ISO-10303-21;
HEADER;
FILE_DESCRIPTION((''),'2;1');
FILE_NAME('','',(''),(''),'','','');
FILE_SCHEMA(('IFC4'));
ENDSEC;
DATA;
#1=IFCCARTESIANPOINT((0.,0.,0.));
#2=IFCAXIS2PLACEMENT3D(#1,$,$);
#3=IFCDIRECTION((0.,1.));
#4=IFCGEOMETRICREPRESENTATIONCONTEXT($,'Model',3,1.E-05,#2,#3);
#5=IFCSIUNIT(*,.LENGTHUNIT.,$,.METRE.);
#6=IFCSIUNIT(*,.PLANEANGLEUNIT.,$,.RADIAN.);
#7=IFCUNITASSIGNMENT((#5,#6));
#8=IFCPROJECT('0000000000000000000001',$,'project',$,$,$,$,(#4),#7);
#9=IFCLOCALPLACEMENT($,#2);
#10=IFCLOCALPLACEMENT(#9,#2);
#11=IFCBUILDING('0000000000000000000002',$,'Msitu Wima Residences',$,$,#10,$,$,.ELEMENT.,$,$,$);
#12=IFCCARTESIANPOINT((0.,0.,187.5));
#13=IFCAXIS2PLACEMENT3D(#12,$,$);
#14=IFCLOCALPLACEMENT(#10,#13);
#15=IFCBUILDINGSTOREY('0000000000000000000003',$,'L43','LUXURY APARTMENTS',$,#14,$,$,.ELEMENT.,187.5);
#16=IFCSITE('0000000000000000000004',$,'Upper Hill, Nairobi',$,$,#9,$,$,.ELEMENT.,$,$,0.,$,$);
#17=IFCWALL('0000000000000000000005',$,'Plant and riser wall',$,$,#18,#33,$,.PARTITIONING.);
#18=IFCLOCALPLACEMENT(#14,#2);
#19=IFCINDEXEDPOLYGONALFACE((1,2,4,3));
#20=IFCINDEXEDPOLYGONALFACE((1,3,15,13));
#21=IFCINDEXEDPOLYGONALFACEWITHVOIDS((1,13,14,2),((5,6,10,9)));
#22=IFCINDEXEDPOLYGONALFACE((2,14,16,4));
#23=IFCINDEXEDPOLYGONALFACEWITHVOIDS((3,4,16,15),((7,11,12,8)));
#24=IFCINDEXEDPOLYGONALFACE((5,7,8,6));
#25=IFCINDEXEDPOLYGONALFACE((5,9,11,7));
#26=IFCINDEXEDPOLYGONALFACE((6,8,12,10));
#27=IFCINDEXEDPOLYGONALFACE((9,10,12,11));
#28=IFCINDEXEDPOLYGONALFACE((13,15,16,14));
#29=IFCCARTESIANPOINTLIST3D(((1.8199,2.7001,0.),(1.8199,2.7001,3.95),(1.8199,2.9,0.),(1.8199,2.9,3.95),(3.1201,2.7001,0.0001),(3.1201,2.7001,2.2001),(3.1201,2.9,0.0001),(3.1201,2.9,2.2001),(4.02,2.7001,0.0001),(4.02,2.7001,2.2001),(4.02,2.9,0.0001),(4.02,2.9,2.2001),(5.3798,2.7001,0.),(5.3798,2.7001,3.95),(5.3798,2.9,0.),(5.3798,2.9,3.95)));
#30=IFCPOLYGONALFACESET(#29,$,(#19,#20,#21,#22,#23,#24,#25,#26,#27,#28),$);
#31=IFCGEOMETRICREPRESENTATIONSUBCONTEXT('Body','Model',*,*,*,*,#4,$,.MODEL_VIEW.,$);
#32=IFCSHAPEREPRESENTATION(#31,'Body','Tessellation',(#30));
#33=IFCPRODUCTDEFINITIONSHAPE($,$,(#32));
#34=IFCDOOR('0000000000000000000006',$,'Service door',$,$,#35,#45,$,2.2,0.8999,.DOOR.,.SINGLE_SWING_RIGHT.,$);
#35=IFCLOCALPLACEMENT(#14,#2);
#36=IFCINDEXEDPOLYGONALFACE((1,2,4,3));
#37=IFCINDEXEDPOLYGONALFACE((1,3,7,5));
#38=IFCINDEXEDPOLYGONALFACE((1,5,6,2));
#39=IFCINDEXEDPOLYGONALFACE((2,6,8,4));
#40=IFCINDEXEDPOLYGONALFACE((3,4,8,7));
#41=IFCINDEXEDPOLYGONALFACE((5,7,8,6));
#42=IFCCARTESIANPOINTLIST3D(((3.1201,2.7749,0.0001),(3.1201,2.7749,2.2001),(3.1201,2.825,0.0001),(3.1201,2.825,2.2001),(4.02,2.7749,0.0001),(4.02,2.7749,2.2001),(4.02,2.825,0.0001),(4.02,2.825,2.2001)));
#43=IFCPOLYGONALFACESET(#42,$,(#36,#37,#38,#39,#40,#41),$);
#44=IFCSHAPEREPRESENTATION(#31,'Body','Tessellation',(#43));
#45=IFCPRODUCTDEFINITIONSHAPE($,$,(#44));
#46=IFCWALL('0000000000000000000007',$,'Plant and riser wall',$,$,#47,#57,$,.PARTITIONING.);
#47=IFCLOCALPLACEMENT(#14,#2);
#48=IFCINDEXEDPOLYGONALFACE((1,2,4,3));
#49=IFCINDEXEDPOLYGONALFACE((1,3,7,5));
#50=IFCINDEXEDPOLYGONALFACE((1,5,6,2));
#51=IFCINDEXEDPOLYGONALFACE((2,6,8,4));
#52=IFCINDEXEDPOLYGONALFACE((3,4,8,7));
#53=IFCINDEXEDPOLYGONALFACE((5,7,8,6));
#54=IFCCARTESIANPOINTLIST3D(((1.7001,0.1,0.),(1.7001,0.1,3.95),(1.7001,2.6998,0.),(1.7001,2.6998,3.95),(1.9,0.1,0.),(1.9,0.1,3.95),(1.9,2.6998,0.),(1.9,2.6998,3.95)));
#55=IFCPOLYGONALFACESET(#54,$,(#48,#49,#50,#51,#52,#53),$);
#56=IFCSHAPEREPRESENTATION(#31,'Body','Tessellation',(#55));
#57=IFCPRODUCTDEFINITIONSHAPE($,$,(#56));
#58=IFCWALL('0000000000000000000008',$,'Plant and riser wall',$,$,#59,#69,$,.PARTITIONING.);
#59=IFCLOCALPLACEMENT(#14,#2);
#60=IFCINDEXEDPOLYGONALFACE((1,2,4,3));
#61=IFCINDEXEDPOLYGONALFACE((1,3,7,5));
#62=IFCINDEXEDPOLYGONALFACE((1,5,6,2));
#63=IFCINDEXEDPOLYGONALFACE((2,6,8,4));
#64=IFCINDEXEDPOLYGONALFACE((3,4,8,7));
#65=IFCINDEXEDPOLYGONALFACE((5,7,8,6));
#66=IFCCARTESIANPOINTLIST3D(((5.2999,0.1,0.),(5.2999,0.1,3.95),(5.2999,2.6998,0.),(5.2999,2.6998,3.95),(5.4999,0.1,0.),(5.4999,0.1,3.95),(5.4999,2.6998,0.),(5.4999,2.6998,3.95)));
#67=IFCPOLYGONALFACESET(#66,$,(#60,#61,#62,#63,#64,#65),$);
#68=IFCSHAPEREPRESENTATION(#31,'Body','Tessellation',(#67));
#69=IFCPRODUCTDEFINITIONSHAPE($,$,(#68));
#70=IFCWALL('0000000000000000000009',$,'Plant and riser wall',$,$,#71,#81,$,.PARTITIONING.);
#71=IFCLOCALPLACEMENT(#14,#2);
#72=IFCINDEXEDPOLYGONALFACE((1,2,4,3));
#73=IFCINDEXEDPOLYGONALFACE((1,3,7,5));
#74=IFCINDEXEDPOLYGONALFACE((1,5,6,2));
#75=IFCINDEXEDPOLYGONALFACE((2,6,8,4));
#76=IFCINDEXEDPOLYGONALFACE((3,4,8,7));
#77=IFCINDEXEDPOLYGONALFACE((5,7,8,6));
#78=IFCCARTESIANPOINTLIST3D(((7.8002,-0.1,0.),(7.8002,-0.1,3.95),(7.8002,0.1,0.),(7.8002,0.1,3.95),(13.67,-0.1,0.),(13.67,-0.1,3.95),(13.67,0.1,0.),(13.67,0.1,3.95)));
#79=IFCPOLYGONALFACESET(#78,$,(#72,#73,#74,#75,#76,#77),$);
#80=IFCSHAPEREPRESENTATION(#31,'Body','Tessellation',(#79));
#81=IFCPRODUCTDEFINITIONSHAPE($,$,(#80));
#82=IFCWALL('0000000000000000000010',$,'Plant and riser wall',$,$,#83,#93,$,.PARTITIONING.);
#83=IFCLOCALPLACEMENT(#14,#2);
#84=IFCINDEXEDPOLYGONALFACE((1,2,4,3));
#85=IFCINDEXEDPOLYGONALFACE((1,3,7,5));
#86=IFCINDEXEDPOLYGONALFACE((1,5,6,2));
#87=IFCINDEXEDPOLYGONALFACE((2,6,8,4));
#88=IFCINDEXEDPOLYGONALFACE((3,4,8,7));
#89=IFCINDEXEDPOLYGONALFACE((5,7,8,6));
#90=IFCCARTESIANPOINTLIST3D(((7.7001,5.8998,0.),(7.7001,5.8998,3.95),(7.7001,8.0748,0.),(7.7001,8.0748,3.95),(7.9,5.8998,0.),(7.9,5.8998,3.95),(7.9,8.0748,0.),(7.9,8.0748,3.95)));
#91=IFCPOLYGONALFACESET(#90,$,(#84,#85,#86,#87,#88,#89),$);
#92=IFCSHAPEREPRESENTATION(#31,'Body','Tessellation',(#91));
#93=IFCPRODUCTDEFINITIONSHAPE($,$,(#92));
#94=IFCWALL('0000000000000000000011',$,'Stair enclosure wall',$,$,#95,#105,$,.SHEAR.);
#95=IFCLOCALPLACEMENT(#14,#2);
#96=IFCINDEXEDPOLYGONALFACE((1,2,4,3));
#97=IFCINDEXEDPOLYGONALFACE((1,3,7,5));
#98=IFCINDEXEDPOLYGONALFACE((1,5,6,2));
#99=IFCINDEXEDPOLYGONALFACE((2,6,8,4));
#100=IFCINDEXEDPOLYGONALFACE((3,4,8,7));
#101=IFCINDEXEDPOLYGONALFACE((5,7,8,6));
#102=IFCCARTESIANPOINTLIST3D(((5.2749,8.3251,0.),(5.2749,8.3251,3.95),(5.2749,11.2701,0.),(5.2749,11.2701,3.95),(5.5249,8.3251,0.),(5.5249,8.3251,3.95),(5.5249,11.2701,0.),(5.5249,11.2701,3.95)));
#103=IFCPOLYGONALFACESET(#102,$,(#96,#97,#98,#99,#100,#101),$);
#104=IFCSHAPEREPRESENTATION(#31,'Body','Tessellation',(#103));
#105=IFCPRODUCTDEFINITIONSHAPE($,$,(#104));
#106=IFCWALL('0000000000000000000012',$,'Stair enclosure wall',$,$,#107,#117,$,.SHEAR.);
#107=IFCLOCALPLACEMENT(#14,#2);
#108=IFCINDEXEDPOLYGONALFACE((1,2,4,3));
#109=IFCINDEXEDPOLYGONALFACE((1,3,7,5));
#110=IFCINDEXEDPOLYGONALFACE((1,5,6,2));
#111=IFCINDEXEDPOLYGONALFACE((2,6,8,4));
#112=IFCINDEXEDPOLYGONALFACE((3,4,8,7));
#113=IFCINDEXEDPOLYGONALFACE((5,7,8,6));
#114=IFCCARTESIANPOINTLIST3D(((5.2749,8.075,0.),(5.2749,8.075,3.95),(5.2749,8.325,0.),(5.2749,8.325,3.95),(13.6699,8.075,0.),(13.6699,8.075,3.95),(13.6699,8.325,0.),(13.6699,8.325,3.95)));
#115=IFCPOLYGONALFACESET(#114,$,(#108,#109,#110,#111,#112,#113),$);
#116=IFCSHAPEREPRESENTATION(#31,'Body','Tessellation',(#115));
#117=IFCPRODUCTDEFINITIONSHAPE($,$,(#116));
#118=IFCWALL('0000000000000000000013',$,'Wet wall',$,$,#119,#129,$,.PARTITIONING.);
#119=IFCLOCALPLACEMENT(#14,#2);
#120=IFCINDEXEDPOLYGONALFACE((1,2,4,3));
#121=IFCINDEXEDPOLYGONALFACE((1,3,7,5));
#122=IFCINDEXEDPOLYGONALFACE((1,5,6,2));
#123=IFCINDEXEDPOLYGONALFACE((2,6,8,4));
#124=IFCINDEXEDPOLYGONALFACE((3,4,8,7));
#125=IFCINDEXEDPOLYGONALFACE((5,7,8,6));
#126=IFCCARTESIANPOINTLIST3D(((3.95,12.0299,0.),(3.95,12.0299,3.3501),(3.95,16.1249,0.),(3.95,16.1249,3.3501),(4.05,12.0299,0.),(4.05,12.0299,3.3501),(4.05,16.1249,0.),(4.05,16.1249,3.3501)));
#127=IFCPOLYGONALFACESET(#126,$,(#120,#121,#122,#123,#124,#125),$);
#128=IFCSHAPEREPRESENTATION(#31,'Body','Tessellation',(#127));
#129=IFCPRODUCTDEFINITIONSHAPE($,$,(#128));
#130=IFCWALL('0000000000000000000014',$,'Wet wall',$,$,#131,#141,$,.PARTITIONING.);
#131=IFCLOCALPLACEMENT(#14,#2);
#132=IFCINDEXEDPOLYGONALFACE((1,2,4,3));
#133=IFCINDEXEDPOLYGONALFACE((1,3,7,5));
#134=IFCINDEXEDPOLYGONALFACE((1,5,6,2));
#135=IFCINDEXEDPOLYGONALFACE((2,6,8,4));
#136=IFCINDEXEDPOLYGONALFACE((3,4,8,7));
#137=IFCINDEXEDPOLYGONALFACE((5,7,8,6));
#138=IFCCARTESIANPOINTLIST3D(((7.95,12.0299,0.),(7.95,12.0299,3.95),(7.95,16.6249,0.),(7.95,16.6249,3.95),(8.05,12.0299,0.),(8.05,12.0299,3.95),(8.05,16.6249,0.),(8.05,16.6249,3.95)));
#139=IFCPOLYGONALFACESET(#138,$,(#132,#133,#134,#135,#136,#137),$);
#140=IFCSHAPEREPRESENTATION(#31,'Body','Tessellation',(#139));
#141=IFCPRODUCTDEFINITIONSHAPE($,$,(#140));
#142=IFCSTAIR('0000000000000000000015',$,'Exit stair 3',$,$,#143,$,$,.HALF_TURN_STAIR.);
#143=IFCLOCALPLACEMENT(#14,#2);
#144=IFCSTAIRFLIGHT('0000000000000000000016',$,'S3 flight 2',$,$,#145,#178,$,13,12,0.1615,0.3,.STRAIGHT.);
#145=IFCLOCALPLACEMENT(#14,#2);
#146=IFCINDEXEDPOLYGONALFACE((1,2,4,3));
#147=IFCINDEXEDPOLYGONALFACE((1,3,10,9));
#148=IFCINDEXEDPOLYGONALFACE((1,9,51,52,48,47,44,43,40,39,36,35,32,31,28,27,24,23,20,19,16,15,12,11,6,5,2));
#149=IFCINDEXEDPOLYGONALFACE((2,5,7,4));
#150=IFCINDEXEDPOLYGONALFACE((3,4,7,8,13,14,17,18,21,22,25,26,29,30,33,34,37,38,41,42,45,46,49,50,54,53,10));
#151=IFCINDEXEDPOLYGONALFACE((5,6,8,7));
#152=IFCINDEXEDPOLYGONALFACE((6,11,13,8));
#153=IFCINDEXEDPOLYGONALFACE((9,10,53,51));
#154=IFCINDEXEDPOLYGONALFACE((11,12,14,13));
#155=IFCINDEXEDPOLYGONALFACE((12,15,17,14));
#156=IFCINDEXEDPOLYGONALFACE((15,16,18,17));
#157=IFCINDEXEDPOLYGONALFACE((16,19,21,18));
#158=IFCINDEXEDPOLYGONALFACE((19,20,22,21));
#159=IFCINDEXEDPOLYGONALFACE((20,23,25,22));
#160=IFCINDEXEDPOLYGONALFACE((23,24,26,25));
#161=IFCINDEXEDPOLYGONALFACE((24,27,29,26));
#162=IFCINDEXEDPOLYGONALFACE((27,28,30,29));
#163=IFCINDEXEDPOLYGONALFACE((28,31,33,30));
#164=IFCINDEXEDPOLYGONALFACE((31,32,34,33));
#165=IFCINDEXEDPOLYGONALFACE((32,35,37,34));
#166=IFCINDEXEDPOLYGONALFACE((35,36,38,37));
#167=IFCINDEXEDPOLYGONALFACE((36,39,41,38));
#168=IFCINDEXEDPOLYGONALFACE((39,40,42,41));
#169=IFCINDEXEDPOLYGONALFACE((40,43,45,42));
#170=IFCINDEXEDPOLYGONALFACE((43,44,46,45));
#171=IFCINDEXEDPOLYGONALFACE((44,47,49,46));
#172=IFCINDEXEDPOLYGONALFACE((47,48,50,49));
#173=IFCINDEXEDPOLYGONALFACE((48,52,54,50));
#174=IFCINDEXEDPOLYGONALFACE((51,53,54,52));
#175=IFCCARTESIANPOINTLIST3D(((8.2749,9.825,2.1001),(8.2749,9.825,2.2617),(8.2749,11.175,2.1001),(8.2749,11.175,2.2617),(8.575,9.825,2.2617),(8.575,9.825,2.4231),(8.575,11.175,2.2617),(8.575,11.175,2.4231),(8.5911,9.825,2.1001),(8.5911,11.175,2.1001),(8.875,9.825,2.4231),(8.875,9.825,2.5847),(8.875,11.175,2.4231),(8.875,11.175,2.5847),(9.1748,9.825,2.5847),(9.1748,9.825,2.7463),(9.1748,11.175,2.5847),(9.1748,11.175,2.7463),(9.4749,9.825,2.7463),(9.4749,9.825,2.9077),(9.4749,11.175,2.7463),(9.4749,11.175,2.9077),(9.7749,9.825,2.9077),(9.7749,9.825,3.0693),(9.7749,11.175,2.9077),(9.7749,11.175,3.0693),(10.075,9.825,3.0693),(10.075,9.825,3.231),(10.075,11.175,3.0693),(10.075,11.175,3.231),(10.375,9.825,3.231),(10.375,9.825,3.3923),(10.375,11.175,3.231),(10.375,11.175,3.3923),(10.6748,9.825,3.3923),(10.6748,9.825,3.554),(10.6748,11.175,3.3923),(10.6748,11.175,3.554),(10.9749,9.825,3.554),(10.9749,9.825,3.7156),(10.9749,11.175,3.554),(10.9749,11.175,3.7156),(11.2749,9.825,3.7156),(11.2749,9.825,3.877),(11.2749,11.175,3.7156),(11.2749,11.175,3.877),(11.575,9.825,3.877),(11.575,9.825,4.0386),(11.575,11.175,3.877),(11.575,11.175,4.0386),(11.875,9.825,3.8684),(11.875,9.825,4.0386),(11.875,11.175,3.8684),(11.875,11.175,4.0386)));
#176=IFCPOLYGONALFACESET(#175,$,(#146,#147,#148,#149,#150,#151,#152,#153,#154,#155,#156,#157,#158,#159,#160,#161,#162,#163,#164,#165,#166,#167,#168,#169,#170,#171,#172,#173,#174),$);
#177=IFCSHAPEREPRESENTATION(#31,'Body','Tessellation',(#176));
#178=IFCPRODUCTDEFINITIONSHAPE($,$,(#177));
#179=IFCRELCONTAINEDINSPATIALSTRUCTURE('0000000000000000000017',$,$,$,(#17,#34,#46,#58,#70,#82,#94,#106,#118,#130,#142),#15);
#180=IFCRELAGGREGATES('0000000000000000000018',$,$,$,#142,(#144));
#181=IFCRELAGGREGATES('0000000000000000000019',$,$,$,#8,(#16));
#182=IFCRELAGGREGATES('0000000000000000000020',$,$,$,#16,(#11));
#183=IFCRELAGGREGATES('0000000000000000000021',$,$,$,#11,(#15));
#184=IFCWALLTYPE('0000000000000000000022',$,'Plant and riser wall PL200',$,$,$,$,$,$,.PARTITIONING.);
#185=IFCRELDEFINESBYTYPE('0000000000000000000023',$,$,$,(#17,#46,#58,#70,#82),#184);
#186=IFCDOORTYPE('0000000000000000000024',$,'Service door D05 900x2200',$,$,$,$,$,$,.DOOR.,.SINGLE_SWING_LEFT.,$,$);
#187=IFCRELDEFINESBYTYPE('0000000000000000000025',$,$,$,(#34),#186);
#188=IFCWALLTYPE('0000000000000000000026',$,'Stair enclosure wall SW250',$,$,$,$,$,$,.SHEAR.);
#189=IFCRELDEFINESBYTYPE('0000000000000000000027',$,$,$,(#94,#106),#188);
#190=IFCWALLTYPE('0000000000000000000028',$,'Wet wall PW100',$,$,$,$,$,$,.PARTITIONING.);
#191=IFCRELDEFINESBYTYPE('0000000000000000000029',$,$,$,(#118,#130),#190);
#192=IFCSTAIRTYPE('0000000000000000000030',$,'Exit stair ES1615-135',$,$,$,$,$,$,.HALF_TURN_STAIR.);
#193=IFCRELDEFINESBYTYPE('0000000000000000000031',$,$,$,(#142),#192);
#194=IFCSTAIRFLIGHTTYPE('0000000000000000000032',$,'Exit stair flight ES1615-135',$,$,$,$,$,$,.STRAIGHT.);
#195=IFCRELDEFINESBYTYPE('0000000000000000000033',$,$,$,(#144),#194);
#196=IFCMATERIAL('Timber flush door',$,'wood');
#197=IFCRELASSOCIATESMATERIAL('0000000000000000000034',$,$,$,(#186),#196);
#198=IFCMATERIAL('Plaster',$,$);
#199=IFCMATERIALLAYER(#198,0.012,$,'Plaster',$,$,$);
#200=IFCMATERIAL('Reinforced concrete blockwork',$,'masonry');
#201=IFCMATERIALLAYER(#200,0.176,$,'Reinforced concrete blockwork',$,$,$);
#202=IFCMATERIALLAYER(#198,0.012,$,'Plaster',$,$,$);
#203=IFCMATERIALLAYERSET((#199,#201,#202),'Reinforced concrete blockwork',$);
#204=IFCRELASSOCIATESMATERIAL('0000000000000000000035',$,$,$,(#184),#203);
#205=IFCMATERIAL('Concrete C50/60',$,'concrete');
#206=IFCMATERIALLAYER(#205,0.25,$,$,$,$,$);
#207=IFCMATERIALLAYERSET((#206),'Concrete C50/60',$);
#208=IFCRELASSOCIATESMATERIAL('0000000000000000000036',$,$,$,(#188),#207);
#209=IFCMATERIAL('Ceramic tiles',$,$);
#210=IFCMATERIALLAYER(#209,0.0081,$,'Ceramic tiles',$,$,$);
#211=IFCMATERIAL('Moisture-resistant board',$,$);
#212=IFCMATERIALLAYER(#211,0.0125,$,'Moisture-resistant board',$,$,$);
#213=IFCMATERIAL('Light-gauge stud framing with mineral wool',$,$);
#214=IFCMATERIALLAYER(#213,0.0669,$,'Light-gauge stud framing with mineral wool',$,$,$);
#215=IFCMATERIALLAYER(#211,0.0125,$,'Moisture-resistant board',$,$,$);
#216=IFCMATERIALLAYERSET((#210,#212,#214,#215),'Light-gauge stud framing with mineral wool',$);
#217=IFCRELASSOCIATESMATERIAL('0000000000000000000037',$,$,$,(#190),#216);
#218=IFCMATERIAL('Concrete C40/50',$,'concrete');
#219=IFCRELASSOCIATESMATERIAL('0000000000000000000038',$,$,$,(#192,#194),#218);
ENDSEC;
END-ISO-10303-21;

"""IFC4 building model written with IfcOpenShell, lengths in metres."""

from ifc_helpers import new_model, si_unit, direction, frame, frame_2d, origin, place, context, subcontext, project, spatial, polyline, rectangle, outline, extrude, material, layer, layer_set, type_object, element, fill, aggregate, save


model = new_model("IFC4")

# Units and contexts
model_context = context("Model", 3, precision=1e-05, world=origin(), true_north=direction((0.0, 1.0)))
body_context = subcontext(model_context, "Body", "Model", "MODEL_VIEW")
ifc_project = project(units=[si_unit("LENGTHUNIT", "METRE"), si_unit("PLANEANGLEUNIT", "RADIAN")], contexts=[model_context])

# Site, building, storey
site_placement = place(None, origin())
site = spatial("IfcSite", under=ifc_project, at=site_placement, Name="Upper Hill, Nairobi", CompositionType="ELEMENT", RefElevation=0.0)
building_placement = place(site_placement, origin())
building = spatial("IfcBuilding", under=site, at=building_placement, Name="Msitu Wima Residences", CompositionType="ELEMENT")
storey_placement = place(building_placement, frame((0.0, 0.0, 187.5)))
storey = spatial("IfcBuildingStorey", under=building, at=storey_placement, Name="L43", Description="LUXURY APARTMENTS", CompositionType="ELEMENT", Elevation=187.5)

# Shared definitions
ifc_material_1 = material(Name="Concrete C40/50", Category="concrete")

# Shared definitions
ifc_material_2 = material(Name="Plaster")
ifc_material_3 = material(Name="Timber flush door", Category="wood")
door_type = type_object("IfcDoorType", Name="Service door D05 900x2200", OperationType="SINGLE_SWING_LEFT", PredefinedType="DOOR", material=ifc_material_3)

# Shared definitions
ifc_layer_1 = layer(ifc_material_2, 0.012, Name="Plaster")
ifc_material_4 = material(Name="Reinforced concrete blockwork", Category="masonry")
ifc_layer_2 = layer(ifc_material_4, 0.176, Name="Reinforced concrete blockwork")
ifc_layer_3 = layer(ifc_material_2, 0.012, Name="Plaster")
ifc_layer_set_1 = layer_set([ifc_layer_1, ifc_layer_2, ifc_layer_3], Name="Reinforced concrete blockwork")
wall_type_1 = type_object("IfcWallType", Name="Plant and riser wall PL200", PredefinedType="PARTITIONING", material=ifc_layer_set_1)

# Wall, opening, door
wall_1_placement = place(storey_placement, frame((1.8201, 2.8, 0.0), z_axis=(0.0, 0.0, 1.0), x_axis=(1.0, 0.0, 0.0)))
wall_1 = element("IfcWall", 1, at=wall_1_placement, inside=storey, type_object=wall_type_1, Name="Plant and riser wall", PredefinedType="PARTITIONING", context=body_context, shape_type="SweptSolid", body=[
    extrude(rectangle(XDim=3.5598, YDim=0.2, at=frame_2d((1.7798, 0.0))), origin(), (0.0, 0.0, 1.0), 3.95),
])
opening_1_placement = place(wall_1_placement, frame((1.3, 0.0, 0.0)))
opening_1 = element("IfcOpeningElement", 2, at=opening_1_placement, cuts=wall_1, PredefinedType="OPENING", context=body_context, shape_type="SweptSolid", body=[
    extrude(rectangle(XDim=0.8999, YDim=2.2, at=frame_2d((0.45, 1.1001))), frame((0.0, 0.1099, 0.0), z_axis=(0.0, -1.0, 0.0), x_axis=(1.0, 0.0, 0.0)), (0.0, 0.0, 1.0), 0.22),
])
door_1_placement = place(opening_1_placement, origin())
door_1 = element("IfcDoor", 3, at=door_1_placement, inside=storey, type_object=door_type, Name="Service door", OperationType="SINGLE_SWING_RIGHT", OverallHeight=2.2, OverallWidth=0.8999, PredefinedType="DOOR", context=body_context, shape_type="SweptSolid", body=[
    extrude(rectangle(XDim=0.8999, YDim=2.2, at=frame_2d((0.45, 1.1001))), frame((0.0, 0.0249, 0.0), z_axis=(0.0, -1.0, 0.0), x_axis=(1.0, 0.0, 0.0)), (0.0, 0.0, 1.0), 0.05),
])
fill(opening_1, door_1)

# Walls
for number, where, z_axis, x_axis, name in (
    (4, (1.8, 0.1001, 0.0), (0.0, 0.0, 1.0), (0.0, 1.0, 0.0), "Plant and riser wall"),
    (5, (5.3999, 0.1001, 0.0), (0.0, 0.0, 1.0), (0.0, 1.0, 0.0), "Plant and riser wall"),
):
    element("IfcWall", number, at=place(storey_placement, frame(where, z_axis=z_axis, x_axis=x_axis)), inside=storey, type_object=wall_type_1, Name=name, PredefinedType="PARTITIONING", context=body_context, shape_type="SweptSolid", body=[
        extrude(rectangle(XDim=2.5999, YDim=0.2, at=frame_2d((1.2998, 0.0))), origin(), (0.0, 0.0, 1.0), 3.95),
    ])
wall_2_placement = place(storey_placement, frame((7.8, 0.0, 0.0), z_axis=(0.0, 0.0, 1.0), x_axis=(1.0, 0.0, 0.0)))
element("IfcWall", 6, at=wall_2_placement, inside=storey, type_object=wall_type_1, Name="Plant and riser wall", PredefinedType="PARTITIONING", context=body_context, shape_type="SweptSolid", body=[
    extrude(rectangle(XDim=5.8699, YDim=0.2, at=frame_2d((2.9351, 0.0))), origin(), (0.0, 0.0, 1.0), 3.95),
])
wall_3_placement = place(storey_placement, frame((7.8, 5.8999, 0.0), z_axis=(0.0, 0.0, 1.0), x_axis=(0.0, 1.0, 0.0)))
element("IfcWall", 7, at=wall_3_placement, inside=storey, type_object=wall_type_1, Name="Plant and riser wall", PredefinedType="PARTITIONING", context=body_context, shape_type="SweptSolid", body=[
    extrude(rectangle(XDim=2.175, YDim=0.2, at=frame_2d((1.0874, 0.0))), origin(), (0.0, 0.0, 1.0), 3.95),
])
ifc_material_5 = material(Name="Concrete C50/60", Category="concrete")
ifc_layer_4 = layer(ifc_material_5, 0.25)
ifc_layer_set_2 = layer_set([ifc_layer_4], Name="Concrete C50/60")
wall_type_2 = type_object("IfcWallType", Name="Stair enclosure wall SW250", PredefinedType="SHEAR", material=ifc_layer_set_2)
wall_4_placement = place(storey_placement, frame((5.3999, 8.325, 0.0), z_axis=(0.0, 0.0, 1.0), x_axis=(0.0, 1.0, 0.0)))
element("IfcWall", 8, at=wall_4_placement, inside=storey, type_object=wall_type_2, Name="Stair enclosure wall", PredefinedType="SHEAR", context=body_context, shape_type="SweptSolid", body=[
    extrude(rectangle(XDim=2.9451, YDim=0.25, at=frame_2d((1.4727, 0.0))), origin(), (0.0, 0.0, 1.0), 3.95),
])
wall_5_placement = place(storey_placement, frame((5.2749, 8.2, 0.0), z_axis=(0.0, 0.0, 1.0), x_axis=(1.0, 0.0, 0.0)))
element("IfcWall", 9, at=wall_5_placement, inside=storey, type_object=wall_type_2, Name="Stair enclosure wall", PredefinedType="SHEAR", context=body_context, shape_type="SweptSolid", body=[
    extrude(rectangle(XDim=8.395, YDim=0.25, at=frame_2d((4.1975, 0.0))), origin(), (0.0, 0.0, 1.0), 3.95),
])
ifc_material_6 = material(Name="Ceramic tiles")
ifc_layer_5 = layer(ifc_material_6, 0.0081, Name="Ceramic tiles")
ifc_material_7 = material(Name="Moisture-resistant board")
ifc_layer_6 = layer(ifc_material_7, 0.0125, Name="Moisture-resistant board")
ifc_material_8 = material(Name="Light-gauge stud framing with mineral wool")
ifc_layer_7 = layer(ifc_material_8, 0.0669, Name="Light-gauge stud framing with mineral wool")
ifc_layer_8 = layer(ifc_material_7, 0.0125, Name="Moisture-resistant board")
ifc_layer_set_3 = layer_set([ifc_layer_5, ifc_layer_6, ifc_layer_7, ifc_layer_8], Name="Light-gauge stud framing with mineral wool")
wall_type_3 = type_object("IfcWallType", Name="Wet wall PW100", PredefinedType="PARTITIONING", material=ifc_layer_set_3)
wall_6_placement = place(storey_placement, frame((4.0, 12.03, 0.0), z_axis=(0.0, 0.0, 1.0), x_axis=(0.0, 1.0, 0.0)))
element("IfcWall", 10, at=wall_6_placement, inside=storey, type_object=wall_type_3, Name="Wet wall", PredefinedType="PARTITIONING", context=body_context, shape_type="SweptSolid", body=[
    extrude(rectangle(XDim=4.095, YDim=0.1001, at=frame_2d((2.0474, 0.0))), origin(), (0.0, 0.0, 1.0), 3.3501),
])
wall_7_placement = place(storey_placement, frame((8.0, 12.03, 0.0), z_axis=(0.0, 0.0, 1.0), x_axis=(0.0, 1.0, 0.0)))
element("IfcWall", 11, at=wall_7_placement, inside=storey, type_object=wall_type_3, Name="Wet wall", PredefinedType="PARTITIONING", context=body_context, shape_type="SweptSolid", body=[
    extrude(rectangle(XDim=4.595, YDim=0.1001, at=frame_2d((2.2974, 0.0))), origin(), (0.0, 0.0, 1.0), 3.95),
])

# Stair, stair flight
stair_type = type_object("IfcStairType", Name="Exit stair ES1615-135", PredefinedType="HALF_TURN_STAIR", material=ifc_material_1)
stair_placement = place(storey_placement, origin())
stair = element("IfcStair", 12, at=stair_placement, inside=storey, type_object=stair_type, Name="Exit stair 3", PredefinedType="HALF_TURN_STAIR")
stair_flight_type = type_object("IfcStairFlightType", Name="Exit stair flight ES1615-135", PredefinedType="STRAIGHT", material=ifc_material_1)
stair_flight_placement = place(storey_placement, frame((8.2749, 10.5, 2.1001), z_axis=(0.0, 0.0, 1.0), x_axis=(1.0, 0.0, 0.0)))
stair_flight = element("IfcStairFlight", 13, at=stair_flight_placement, type_object=stair_flight_type, Name="S3 flight 2", NumberOfRisers=13, NumberOfTreads=12, PredefinedType="STRAIGHT", RiserHeight=0.1615, TreadLength=0.3, context=body_context, shape_type="SweptSolid", body=[
    extrude(outline(polyline([(0.0, 0.0), (0.0, 0.1616), (0.3, 0.1616), (0.3, 0.323), (0.6001, 0.323), (0.6001, 0.4846), (0.8999, 0.4846), (0.8999, 0.6462), (1.2, 0.6462), (1.2, 0.8076), (1.5, 0.8076), (1.5, 0.9692), (1.8, 0.9692), (1.8, 1.1309), (2.1001, 1.1309), (2.1001, 1.2922), (2.3999, 1.2922), (2.3999, 1.4539), (2.7, 1.4539), (2.7, 1.6155), (3.0, 1.6155), (3.0, 1.7769), (3.3, 1.7769), (3.3, 1.9385), (3.6001, 1.9385), (3.6001, 2.1001), (3.6001, 1.7683), (0.3162, 0.0), (0.0, 0.0)])), frame((0.0, 0.675, 0.0), z_axis=(0.0, -1.0, 0.0), x_axis=(1.0, 0.0, 0.0)), (0.0, 0.0, 1.0), 1.3501),
])
aggregate(stair, [stair_flight])

save(model, "model.ifc")
